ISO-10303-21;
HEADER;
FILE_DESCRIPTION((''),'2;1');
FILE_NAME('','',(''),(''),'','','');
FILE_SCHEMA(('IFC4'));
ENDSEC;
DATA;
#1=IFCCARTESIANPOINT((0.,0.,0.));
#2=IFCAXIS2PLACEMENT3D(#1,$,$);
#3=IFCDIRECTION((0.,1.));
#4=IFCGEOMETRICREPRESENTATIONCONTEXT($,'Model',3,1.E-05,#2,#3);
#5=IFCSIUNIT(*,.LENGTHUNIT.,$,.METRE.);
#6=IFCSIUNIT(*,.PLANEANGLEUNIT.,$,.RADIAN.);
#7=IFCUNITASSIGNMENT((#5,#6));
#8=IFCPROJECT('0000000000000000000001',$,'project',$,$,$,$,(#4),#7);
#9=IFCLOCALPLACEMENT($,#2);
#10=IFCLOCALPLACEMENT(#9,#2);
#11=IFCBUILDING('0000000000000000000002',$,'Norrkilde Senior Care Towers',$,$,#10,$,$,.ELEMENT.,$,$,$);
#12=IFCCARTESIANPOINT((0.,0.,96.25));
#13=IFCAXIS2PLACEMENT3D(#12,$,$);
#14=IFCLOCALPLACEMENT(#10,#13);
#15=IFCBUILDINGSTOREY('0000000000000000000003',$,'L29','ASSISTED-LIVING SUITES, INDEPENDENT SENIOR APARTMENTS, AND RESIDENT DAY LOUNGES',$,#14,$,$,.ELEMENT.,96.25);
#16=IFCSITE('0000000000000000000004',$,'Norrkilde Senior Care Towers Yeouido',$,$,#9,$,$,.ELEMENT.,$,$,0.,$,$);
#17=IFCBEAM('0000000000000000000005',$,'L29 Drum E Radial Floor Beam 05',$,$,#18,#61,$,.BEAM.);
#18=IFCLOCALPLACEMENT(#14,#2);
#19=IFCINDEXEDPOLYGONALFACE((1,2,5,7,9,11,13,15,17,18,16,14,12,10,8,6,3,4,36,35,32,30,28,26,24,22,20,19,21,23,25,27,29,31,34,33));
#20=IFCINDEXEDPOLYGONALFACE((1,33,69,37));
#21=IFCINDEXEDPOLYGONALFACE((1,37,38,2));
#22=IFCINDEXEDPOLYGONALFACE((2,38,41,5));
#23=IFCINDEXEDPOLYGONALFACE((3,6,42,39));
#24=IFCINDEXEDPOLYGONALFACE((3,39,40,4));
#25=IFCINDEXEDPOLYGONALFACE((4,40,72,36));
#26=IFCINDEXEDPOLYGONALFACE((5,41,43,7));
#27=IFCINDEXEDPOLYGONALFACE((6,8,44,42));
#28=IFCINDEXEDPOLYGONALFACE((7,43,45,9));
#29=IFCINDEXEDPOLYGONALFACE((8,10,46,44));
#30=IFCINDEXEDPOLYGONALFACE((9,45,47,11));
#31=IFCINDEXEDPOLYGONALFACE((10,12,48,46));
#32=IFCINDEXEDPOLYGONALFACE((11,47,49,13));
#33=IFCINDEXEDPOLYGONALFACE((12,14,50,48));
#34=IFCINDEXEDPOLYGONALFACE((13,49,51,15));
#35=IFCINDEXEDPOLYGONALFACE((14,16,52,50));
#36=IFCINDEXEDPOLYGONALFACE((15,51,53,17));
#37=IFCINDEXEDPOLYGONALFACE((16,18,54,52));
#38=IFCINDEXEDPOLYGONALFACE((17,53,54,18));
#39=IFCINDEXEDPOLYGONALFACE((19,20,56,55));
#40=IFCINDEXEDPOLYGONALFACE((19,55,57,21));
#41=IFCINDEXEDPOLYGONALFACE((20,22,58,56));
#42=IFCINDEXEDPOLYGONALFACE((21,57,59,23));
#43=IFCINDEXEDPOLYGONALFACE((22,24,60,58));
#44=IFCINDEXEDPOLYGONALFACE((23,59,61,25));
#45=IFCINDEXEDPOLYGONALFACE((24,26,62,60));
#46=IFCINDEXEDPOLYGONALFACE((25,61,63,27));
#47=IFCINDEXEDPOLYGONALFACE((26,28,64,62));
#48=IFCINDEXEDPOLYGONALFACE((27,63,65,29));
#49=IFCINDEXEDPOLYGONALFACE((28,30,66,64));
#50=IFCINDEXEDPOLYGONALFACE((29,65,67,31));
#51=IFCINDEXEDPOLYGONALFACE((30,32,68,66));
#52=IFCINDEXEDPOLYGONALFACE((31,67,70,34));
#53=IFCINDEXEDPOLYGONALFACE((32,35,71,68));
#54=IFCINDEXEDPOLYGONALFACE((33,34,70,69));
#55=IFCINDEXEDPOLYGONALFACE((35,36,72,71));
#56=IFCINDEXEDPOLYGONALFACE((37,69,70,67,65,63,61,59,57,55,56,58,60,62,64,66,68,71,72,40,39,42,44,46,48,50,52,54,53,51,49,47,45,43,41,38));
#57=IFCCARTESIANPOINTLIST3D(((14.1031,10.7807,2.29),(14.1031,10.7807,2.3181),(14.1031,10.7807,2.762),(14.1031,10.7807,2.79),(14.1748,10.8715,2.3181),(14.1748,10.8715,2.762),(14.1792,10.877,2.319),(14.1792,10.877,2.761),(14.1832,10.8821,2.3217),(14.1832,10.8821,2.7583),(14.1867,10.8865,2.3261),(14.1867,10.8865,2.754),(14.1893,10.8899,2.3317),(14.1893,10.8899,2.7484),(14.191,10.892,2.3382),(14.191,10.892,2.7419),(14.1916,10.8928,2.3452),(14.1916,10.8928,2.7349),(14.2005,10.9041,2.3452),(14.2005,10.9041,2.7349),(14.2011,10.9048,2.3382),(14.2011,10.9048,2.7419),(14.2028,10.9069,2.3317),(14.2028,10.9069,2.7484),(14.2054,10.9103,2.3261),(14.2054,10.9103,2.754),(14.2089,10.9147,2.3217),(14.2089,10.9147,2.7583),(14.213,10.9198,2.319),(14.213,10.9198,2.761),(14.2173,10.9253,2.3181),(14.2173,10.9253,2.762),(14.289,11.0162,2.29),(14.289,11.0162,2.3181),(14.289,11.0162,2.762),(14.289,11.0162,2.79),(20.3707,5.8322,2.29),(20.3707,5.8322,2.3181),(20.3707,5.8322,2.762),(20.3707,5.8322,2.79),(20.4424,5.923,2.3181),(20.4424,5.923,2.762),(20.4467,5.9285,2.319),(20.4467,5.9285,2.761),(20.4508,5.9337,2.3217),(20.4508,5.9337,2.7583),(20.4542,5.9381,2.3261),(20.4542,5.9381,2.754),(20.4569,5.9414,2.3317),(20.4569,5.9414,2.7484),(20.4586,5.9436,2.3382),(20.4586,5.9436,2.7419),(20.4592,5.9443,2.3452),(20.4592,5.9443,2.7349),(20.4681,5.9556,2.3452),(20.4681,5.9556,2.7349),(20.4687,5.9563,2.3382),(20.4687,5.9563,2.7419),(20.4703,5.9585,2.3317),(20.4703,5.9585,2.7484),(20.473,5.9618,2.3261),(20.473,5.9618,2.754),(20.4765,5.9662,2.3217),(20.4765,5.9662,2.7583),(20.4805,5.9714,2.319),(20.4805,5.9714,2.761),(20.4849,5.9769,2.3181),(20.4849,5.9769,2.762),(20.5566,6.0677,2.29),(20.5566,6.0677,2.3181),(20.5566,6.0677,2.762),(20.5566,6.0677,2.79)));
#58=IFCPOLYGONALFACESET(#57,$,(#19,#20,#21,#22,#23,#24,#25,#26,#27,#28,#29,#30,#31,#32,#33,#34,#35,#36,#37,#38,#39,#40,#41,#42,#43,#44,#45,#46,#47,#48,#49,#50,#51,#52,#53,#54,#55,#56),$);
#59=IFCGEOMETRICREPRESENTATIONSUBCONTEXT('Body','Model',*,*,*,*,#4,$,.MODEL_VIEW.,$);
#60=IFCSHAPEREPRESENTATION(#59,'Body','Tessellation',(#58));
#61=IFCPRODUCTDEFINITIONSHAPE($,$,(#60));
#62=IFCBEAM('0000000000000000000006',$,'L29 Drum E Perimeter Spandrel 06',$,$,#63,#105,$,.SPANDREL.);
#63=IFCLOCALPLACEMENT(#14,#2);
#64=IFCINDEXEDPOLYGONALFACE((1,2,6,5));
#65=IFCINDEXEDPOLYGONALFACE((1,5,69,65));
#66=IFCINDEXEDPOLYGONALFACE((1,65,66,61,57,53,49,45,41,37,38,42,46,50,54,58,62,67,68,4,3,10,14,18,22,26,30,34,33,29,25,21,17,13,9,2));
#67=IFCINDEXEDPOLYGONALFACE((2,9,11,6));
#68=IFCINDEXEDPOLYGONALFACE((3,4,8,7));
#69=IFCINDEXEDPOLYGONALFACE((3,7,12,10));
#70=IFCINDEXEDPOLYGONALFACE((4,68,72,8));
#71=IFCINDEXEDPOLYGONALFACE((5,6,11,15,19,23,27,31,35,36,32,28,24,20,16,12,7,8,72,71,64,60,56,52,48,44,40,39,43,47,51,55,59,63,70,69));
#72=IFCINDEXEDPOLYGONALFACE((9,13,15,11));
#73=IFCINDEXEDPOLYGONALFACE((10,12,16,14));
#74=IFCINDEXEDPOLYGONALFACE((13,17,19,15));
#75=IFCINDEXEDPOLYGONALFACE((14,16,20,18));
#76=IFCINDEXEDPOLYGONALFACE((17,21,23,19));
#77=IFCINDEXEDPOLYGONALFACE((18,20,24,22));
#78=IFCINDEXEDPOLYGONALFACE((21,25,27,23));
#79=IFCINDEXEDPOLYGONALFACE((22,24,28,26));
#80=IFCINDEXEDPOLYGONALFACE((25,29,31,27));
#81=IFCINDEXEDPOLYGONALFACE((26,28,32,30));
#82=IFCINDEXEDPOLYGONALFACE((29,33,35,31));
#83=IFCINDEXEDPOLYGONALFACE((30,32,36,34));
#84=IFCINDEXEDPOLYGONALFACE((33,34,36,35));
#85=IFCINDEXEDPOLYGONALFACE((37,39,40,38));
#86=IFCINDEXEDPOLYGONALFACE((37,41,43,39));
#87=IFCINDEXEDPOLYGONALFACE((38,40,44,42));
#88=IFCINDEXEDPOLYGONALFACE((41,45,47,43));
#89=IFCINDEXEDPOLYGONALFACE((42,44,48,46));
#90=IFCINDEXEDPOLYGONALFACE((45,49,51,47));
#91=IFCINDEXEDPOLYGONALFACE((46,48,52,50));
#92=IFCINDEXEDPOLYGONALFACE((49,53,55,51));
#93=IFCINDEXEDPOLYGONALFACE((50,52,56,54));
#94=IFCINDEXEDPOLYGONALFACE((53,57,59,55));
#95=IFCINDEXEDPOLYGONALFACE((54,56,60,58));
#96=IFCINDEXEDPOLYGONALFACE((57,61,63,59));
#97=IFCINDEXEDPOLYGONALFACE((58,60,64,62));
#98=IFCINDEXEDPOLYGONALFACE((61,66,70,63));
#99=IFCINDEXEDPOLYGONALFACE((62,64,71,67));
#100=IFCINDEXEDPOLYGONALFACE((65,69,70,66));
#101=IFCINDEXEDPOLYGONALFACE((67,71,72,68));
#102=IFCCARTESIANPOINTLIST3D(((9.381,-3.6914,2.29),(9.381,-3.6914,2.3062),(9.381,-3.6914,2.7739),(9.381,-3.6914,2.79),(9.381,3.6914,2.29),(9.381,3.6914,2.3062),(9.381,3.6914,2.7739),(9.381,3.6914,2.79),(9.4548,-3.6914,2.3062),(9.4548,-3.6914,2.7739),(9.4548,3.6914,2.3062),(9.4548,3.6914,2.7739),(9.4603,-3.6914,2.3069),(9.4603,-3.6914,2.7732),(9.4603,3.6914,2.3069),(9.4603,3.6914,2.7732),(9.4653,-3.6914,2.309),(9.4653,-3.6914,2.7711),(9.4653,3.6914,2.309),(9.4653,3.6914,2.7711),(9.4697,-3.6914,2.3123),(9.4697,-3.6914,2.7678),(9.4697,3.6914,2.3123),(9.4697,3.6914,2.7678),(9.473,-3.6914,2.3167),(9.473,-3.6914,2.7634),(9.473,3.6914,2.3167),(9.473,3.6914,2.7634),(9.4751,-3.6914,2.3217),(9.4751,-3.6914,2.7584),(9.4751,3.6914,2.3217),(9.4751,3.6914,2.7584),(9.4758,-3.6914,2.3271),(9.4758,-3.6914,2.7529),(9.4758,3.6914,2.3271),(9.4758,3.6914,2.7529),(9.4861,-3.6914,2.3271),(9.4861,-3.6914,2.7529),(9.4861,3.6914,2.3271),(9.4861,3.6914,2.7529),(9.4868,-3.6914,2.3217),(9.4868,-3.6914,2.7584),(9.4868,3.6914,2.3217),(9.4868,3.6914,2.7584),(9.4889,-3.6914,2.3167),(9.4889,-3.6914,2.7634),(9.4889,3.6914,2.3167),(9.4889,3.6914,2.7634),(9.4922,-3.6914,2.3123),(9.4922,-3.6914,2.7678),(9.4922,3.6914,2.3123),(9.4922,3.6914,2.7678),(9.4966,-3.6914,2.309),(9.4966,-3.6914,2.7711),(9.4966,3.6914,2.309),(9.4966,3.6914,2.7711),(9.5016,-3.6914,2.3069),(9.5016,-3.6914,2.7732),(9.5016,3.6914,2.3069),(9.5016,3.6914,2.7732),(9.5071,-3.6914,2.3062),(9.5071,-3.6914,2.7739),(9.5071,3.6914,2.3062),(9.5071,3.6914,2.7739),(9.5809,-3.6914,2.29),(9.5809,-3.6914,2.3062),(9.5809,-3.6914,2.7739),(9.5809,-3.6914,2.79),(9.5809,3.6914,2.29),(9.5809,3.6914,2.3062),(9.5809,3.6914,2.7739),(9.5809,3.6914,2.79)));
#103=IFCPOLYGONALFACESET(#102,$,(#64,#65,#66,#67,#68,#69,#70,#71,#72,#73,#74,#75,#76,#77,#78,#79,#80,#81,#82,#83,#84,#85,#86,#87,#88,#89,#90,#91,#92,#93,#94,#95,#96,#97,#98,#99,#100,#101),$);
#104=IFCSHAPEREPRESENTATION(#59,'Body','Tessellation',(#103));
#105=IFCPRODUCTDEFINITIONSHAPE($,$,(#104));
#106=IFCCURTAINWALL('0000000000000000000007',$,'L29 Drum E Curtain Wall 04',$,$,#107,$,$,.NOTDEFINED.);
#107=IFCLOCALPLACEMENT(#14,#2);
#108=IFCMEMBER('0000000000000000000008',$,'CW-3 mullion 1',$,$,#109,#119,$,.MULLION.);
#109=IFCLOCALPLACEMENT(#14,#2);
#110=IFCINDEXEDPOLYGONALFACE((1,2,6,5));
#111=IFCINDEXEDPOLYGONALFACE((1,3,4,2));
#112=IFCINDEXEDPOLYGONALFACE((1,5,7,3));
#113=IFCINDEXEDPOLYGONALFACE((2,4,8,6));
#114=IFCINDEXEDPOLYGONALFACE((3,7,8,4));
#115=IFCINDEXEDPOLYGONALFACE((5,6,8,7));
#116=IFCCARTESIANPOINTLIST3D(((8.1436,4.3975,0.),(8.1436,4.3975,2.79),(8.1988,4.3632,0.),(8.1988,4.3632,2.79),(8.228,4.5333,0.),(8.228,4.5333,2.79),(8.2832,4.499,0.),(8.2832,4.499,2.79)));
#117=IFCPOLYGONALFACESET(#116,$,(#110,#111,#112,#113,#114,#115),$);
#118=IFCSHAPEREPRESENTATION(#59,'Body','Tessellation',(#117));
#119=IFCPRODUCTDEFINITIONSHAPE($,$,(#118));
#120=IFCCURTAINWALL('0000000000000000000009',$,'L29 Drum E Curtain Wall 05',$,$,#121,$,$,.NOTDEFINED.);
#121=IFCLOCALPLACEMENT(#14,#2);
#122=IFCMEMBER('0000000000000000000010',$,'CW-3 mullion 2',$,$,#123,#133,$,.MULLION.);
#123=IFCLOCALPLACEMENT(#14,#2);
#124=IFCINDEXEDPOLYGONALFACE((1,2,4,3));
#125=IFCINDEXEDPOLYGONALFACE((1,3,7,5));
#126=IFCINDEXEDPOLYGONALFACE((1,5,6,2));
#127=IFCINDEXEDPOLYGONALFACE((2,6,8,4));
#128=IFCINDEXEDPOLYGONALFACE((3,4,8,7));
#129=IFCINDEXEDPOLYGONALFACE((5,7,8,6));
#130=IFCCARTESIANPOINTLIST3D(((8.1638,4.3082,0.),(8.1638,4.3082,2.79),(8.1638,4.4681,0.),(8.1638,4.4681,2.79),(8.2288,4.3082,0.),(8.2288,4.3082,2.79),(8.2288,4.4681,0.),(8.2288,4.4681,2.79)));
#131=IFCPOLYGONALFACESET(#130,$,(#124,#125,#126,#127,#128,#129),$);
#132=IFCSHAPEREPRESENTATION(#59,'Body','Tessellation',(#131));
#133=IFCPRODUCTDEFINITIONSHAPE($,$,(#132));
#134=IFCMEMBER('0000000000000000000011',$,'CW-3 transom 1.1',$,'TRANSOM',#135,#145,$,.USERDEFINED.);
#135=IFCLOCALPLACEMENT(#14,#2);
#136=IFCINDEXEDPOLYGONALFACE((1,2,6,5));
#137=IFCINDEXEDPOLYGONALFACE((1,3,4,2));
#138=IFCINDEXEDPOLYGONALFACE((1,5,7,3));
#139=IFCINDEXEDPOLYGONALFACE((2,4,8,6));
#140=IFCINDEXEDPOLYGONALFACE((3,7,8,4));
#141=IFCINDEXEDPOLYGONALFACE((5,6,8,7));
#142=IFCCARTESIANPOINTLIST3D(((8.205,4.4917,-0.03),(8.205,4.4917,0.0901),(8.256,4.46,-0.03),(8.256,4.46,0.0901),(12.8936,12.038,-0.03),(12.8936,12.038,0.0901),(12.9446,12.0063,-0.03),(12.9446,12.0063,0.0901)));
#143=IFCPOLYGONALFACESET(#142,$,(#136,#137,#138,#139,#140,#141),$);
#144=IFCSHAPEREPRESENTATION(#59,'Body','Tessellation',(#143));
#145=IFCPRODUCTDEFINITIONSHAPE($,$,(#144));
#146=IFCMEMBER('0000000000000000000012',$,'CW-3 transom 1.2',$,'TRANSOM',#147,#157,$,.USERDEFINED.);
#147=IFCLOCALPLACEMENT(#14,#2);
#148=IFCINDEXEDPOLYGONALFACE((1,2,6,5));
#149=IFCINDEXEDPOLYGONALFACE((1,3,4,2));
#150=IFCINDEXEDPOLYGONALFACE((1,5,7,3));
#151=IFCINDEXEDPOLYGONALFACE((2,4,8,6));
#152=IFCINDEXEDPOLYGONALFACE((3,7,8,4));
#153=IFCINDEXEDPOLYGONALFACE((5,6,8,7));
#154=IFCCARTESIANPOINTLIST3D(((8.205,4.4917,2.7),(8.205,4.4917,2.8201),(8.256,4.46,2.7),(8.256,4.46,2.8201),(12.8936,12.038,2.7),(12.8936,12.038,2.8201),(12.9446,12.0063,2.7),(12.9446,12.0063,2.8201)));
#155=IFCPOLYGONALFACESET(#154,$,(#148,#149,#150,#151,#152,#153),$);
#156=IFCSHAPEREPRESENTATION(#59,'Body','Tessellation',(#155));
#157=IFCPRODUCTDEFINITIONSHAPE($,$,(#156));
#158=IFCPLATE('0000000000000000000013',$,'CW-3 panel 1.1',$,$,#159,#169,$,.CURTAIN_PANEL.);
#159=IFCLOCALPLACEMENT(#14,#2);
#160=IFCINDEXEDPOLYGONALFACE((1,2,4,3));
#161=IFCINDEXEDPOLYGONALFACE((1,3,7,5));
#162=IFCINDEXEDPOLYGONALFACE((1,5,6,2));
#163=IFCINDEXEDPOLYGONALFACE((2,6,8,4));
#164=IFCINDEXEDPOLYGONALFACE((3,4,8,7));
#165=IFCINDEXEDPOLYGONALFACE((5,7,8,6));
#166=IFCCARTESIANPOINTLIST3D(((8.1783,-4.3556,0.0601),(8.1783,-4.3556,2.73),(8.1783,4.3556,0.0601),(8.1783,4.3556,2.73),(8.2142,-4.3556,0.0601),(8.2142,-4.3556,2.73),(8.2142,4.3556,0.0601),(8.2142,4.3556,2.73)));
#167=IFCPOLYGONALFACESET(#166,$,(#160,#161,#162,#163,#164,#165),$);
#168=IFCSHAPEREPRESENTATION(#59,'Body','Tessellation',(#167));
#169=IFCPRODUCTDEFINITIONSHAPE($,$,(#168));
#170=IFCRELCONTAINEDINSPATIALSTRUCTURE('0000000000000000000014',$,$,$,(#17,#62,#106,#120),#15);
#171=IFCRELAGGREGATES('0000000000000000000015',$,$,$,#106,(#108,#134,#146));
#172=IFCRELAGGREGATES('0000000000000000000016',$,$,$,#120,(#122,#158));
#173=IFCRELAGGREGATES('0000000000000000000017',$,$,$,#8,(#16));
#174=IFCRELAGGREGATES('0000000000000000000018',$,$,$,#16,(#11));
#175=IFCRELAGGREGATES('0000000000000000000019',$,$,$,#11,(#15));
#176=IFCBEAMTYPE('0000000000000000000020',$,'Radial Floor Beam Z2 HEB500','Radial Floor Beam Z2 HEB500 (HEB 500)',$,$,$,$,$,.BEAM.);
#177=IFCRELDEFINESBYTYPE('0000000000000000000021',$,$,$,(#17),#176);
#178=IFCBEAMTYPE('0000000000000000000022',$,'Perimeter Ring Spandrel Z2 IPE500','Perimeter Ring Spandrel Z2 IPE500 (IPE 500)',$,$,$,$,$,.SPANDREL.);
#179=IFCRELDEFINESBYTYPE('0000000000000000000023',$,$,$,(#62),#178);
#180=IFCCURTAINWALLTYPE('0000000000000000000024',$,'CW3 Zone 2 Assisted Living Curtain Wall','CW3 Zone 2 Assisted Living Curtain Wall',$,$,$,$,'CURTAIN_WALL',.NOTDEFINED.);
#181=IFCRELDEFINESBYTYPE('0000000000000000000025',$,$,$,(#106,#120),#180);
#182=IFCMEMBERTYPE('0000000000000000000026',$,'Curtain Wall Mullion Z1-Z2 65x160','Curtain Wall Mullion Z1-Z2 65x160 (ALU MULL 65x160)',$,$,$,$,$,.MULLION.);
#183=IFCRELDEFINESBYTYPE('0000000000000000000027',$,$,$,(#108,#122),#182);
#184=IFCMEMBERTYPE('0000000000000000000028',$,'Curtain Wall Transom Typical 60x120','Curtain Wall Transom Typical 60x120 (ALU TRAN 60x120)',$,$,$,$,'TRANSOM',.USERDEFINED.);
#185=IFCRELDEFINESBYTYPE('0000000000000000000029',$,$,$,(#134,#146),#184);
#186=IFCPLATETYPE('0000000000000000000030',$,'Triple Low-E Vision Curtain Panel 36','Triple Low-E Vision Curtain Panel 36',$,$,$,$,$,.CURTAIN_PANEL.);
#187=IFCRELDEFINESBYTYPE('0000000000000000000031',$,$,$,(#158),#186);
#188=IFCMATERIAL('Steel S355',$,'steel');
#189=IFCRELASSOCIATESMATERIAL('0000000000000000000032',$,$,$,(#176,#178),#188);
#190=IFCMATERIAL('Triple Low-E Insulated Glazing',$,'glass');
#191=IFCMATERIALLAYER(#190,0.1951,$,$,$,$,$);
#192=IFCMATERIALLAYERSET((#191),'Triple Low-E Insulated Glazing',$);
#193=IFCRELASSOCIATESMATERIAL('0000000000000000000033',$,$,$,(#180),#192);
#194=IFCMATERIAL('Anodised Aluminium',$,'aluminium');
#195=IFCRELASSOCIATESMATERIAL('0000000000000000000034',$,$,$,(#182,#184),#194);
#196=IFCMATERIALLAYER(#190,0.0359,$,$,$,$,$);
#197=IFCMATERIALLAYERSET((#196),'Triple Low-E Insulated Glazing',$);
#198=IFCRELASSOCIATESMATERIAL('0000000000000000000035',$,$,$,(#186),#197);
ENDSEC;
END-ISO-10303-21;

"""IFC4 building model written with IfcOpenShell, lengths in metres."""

from ifc_helpers import new_model, si_unit, direction, frame, origin, origin_2d, place, context, subcontext, project, spatial, rectangle, i_section, extrude, source, transform, mapped, material, layer, layer_set, material_profile, profile_set, type_object, type_shapes, element, aggregate, save


model = new_model("IFC4")

# Units and contexts
model_context = context("Model", 3, precision=1e-05, world=origin(), true_north=direction((0.0, 1.0)))
body_context = subcontext(model_context, "Body", "Model", "MODEL_VIEW")
ifc_project = project(units=[si_unit("LENGTHUNIT", "METRE"), si_unit("PLANEANGLEUNIT", "RADIAN")], contexts=[model_context])

# Site, building, storey
site_placement = place(None, origin())
site = spatial("IfcSite", under=ifc_project, at=site_placement, Name="Norrkilde Senior Care Towers Yeouido", CompositionType="ELEMENT", RefElevation=0.0)
building_placement = place(site_placement, origin())
building = spatial("IfcBuilding", under=site, at=building_placement, Name="Norrkilde Senior Care Towers", CompositionType="ELEMENT")
storey_placement = place(building_placement, frame((0.0, 0.0, 96.25)))
storey = spatial("IfcBuildingStorey", under=building, at=storey_placement, Name="L29", Description="ASSISTED-LIVING SUITES, INDEPENDENT SENIOR APARTMENTS, AND RESIDENT DAY LOUNGES", CompositionType="ELEMENT", Elevation=96.25)

# Beams
ifc_material_1 = material(Name="Steel S355", Category="steel")
ifc_material_profile_1 = material_profile(ifc_material_1, i_section(OverallWidth=0.3, OverallDepth=0.5, WebThickness=0.0144, FlangeThickness=0.0281, FilletRadius=0.0271, at=origin_2d()), Name="HEB 500")
ifc_profile_set_1 = profile_set([ifc_material_profile_1], Name="Steel S355")
beam_type_1 = type_object("IfcBeamType", Name="Radial Floor Beam Z2 HEB500", Description="Radial Floor Beam Z2 HEB500 (HEB 500)", PredefinedType="BEAM", material=ifc_profile_set_1)
shared_shape_1 = source(origin(), body_context, "Body", "SweptSolid", [
    extrude(i_section(OverallWidth=0.3, OverallDepth=0.5, WebThickness=0.0144, FlangeThickness=0.0281, FilletRadius=0.0271, at=origin_2d()), origin(), (0.0, 0.0, 1.0), 7.9856),
])
beam_1_placement = place(storey_placement, frame((20.4636, 5.95, 2.54), z_axis=(-0.784859, 0.619675, 0.0), x_axis=(-0.619675, -0.784859, 0.0)))
element("IfcBeam", 1, at=beam_1_placement, inside=storey, type_object=beam_type_1, Name="L29 Drum E Radial Floor Beam 05", PredefinedType="BEAM", context=body_context, shape_type="MappedRepresentation", body=[
    mapped(shared_shape_1, transform((0.0, 0.0, 0.0), x_axis=(1.0, 0.0, 0.0), y_axis=(0.0, 1.0, 0.0), z_axis=(0.0, 0.0, 1.0), scale=1.0)),
])
ifc_material_profile_2 = material_profile(ifc_material_1, i_section(OverallWidth=0.2, OverallDepth=0.5, WebThickness=0.0103, FlangeThickness=0.0161, FilletRadius=0.021, at=origin_2d()), Name="IPE 500")
ifc_profile_set_2 = profile_set([ifc_material_profile_2], Name="Steel S355")
beam_type_2 = type_object("IfcBeamType", Name="Perimeter Ring Spandrel Z2 IPE500", Description="Perimeter Ring Spandrel Z2 IPE500 (IPE 500)", PredefinedType="SPANDREL", material=ifc_profile_set_2)
shared_shape_2 = source(origin(), body_context, "Body", "SweptSolid", [
    extrude(i_section(OverallWidth=0.2, OverallDepth=0.5, WebThickness=0.0103, FlangeThickness=0.0161, FilletRadius=0.021, at=origin_2d()), origin(), (0.0, 0.0, 1.0), 7.3828),
])
type_shapes(beam_type_2, [shared_shape_2])
beam_2_placement = place(storey_placement, frame((9.481, 3.6914, 2.54), z_axis=(0.0, -1.0, 0.0), x_axis=(1.0, 0.0, 0.0)))
element("IfcBeam", 2, at=beam_2_placement, inside=storey, type_object=beam_type_2, Name="L29 Drum E Perimeter Spandrel 06", PredefinedType="SPANDREL", context=body_context, shape_type="MappedRepresentation", body=[
    mapped(shared_shape_2, transform((0.0, 0.0, 0.0), x_axis=(1.0, 0.0, 0.0), y_axis=(0.0, 1.0, 0.0), z_axis=(0.0, 0.0, 1.0), scale=1.0)),
])

# Curtain walls, members
ifc_material_2 = material(Name="Triple Low-E Insulated Glazing", Category="glass")
ifc_layer_1 = layer(ifc_material_2, 0.1951)
ifc_layer_set_1 = layer_set([ifc_layer_1], Name="Triple Low-E Insulated Glazing")
curtain_wall_type = type_object("IfcCurtainWallType", Name="CW3 Zone 2 Assisted Living Curtain Wall", Description="CW3 Zone 2 Assisted Living Curtain Wall", ElementType="CURTAIN_WALL", PredefinedType="NOTDEFINED", material=ifc_layer_set_1)
curtain_wall_1_placement = place(storey_placement, origin())
curtain_wall_1 = element("IfcCurtainWall", 3, at=curtain_wall_1_placement, inside=storey, type_object=curtain_wall_type, Name="L29 Drum E Curtain Wall 04", PredefinedType="NOTDEFINED")
ifc_material_3 = material(Name="Anodised Aluminium", Category="aluminium")
ifc_material_profile_3 = material_profile(ifc_material_3, rectangle(XDim=0.0649, YDim=0.1599, at=origin_2d()), Name="ALU MULL 65x160")
ifc_profile_set_3 = profile_set([ifc_material_profile_3], Name="Anodised Aluminium")
member_type_1 = type_object("IfcMemberType", Name="Curtain Wall Mullion Z1-Z2 65x160", Description="Curtain Wall Mullion Z1-Z2 65x160 (ALU MULL 65x160)", PredefinedType="MULLION", material=ifc_profile_set_3)
shared_shape_3 = source(origin(), body_context, "Body", "SweptSolid", [
    extrude(rectangle(XDim=0.0649, YDim=0.1599, at=origin_2d()), origin(), (0.0, 0.0, 1.0), 2.79),
])
type_shapes(member_type_1, [shared_shape_3])
member_1_placement = place(storey_placement, frame((8.2134, 4.4482, 0.0), z_axis=(0.0, 0.0, 1.0), x_axis=(-0.84941, 0.527733, 0.0)))
member_1 = element("IfcMember", 4, at=member_1_placement, type_object=member_type_1, Name="CW-3 mullion 1", PredefinedType="MULLION", context=body_context, shape_type="MappedRepresentation", body=[
    mapped(shared_shape_3, transform((0.0, 0.0, 0.0), x_axis=(1.0, 0.0, 0.0), y_axis=(0.0, 1.0, 0.0), z_axis=(0.0, 0.0, 1.0), scale=1.0)),
])
curtain_wall_2_placement = place(storey_placement, origin())
curtain_wall_2 = element("IfcCurtainWall", 5, at=curtain_wall_2_placement, inside=storey, type_object=curtain_wall_type, Name="L29 Drum E Curtain Wall 05", PredefinedType="NOTDEFINED")
member_2_placement = place(storey_placement, frame((8.1963, 4.3882, 0.0), z_axis=(0.0, 0.0, 1.0), x_axis=(-1.0, 0.0, 0.0)))
member_2 = element("IfcMember", 6, at=member_2_placement, type_object=member_type_1, Name="CW-3 mullion 2", PredefinedType="MULLION", context=body_context, shape_type="MappedRepresentation", body=[
    mapped(shared_shape_3, transform((0.0, 0.0, 0.0), x_axis=(1.0, 0.0, 0.0), y_axis=(0.0, 1.0, 0.0), z_axis=(0.0, 0.0, 1.0), scale=1.0)),
])

# Members
ifc_material_profile_4 = material_profile(ifc_material_3, rectangle(XDim=0.0601, YDim=0.1201, at=origin_2d()), Name="ALU TRAN 60x120")
ifc_profile_set_4 = profile_set([ifc_material_profile_4], Name="Anodised Aluminium")
member_type_2 = type_object("IfcMemberType", Name="Curtain Wall Transom Typical 60x120", Description="Curtain Wall Transom Typical 60x120 (ALU TRAN 60x120)", ElementType="TRANSOM", PredefinedType="USERDEFINED", material=ifc_profile_set_4)
shared_shape_4 = source(origin(), body_context, "Body", "SweptSolid", [
    extrude(rectangle(XDim=0.0601, YDim=0.1201, at=origin_2d()), origin(), (0.0, 0.0, 1.0), 8.8843),
])
type_shapes(member_type_2, [shared_shape_4])
member_3_placement = place(storey_placement, frame((8.2305, 4.4758, 0.03), z_axis=(0.527749, 0.8494, 0.0), x_axis=(-0.8494, 0.527749, 0.0)))
member_3 = element("IfcMember", 7, at=member_3_placement, type_object=member_type_2, Name="CW-3 transom 1.1", ObjectType="TRANSOM", PredefinedType="USERDEFINED", context=body_context, shape_type="MappedRepresentation", body=[
    mapped(shared_shape_4, transform((0.0, 0.0, 0.0), x_axis=(1.0, 0.0, 0.0), y_axis=(0.0, 1.0, 0.0), z_axis=(0.0, 0.0, 1.0), scale=1.0)),
])
member_4_placement = place(storey_placement, frame((8.2305, 4.4758, 2.76), z_axis=(0.527749, 0.8494, 0.0), x_axis=(-0.8494, 0.527749, 0.0)))
member_4 = element("IfcMember", 8, at=member_4_placement, type_object=member_type_2, Name="CW-3 transom 1.2", ObjectType="TRANSOM", PredefinedType="USERDEFINED", context=body_context, shape_type="MappedRepresentation", body=[
    mapped(shared_shape_4, transform((0.0, 0.0, 0.0), x_axis=(1.0, 0.0, 0.0), y_axis=(0.0, 1.0, 0.0), z_axis=(0.0, 0.0, 1.0), scale=1.0)),
])
aggregate(curtain_wall_1, [member_1, member_3, member_4])

# Plate
ifc_layer_2 = layer(ifc_material_2, 0.0359)
ifc_layer_set_2 = layer_set([ifc_layer_2], Name="Triple Low-E Insulated Glazing")
plate_type = type_object("IfcPlateType", Name="Triple Low-E Vision Curtain Panel 36", Description="Triple Low-E Vision Curtain Panel 36", PredefinedType="CURTAIN_PANEL", material=ifc_layer_set_2)
shared_shape_5 = source(origin(), body_context, "Body", "SweptSolid", [
    extrude(rectangle(XDim=8.7112, YDim=0.0359, at=origin_2d()), origin(), (0.0, 0.0, 1.0), 2.6699),
])
type_shapes(plate_type, [shared_shape_5])
plate_placement = place(storey_placement, frame((8.1963, 0.0, 0.0601), z_axis=(0.0, 0.0, 1.0), x_axis=(0.0, 1.0, 0.0)))
plate = element("IfcPlate", 9, at=plate_placement, type_object=plate_type, Name="CW-3 panel 1.1", PredefinedType="CURTAIN_PANEL", context=body_context, shape_type="MappedRepresentation", body=[
    mapped(shared_shape_5, transform((0.0, 0.0, 0.0), x_axis=(1.0, 0.0, 0.0), y_axis=(0.0, 1.0, 0.0), z_axis=(0.0, 0.0, 1.0), scale=1.0)),
])
aggregate(curtain_wall_2, [member_2, plate])

save(model, "model.ifc")
